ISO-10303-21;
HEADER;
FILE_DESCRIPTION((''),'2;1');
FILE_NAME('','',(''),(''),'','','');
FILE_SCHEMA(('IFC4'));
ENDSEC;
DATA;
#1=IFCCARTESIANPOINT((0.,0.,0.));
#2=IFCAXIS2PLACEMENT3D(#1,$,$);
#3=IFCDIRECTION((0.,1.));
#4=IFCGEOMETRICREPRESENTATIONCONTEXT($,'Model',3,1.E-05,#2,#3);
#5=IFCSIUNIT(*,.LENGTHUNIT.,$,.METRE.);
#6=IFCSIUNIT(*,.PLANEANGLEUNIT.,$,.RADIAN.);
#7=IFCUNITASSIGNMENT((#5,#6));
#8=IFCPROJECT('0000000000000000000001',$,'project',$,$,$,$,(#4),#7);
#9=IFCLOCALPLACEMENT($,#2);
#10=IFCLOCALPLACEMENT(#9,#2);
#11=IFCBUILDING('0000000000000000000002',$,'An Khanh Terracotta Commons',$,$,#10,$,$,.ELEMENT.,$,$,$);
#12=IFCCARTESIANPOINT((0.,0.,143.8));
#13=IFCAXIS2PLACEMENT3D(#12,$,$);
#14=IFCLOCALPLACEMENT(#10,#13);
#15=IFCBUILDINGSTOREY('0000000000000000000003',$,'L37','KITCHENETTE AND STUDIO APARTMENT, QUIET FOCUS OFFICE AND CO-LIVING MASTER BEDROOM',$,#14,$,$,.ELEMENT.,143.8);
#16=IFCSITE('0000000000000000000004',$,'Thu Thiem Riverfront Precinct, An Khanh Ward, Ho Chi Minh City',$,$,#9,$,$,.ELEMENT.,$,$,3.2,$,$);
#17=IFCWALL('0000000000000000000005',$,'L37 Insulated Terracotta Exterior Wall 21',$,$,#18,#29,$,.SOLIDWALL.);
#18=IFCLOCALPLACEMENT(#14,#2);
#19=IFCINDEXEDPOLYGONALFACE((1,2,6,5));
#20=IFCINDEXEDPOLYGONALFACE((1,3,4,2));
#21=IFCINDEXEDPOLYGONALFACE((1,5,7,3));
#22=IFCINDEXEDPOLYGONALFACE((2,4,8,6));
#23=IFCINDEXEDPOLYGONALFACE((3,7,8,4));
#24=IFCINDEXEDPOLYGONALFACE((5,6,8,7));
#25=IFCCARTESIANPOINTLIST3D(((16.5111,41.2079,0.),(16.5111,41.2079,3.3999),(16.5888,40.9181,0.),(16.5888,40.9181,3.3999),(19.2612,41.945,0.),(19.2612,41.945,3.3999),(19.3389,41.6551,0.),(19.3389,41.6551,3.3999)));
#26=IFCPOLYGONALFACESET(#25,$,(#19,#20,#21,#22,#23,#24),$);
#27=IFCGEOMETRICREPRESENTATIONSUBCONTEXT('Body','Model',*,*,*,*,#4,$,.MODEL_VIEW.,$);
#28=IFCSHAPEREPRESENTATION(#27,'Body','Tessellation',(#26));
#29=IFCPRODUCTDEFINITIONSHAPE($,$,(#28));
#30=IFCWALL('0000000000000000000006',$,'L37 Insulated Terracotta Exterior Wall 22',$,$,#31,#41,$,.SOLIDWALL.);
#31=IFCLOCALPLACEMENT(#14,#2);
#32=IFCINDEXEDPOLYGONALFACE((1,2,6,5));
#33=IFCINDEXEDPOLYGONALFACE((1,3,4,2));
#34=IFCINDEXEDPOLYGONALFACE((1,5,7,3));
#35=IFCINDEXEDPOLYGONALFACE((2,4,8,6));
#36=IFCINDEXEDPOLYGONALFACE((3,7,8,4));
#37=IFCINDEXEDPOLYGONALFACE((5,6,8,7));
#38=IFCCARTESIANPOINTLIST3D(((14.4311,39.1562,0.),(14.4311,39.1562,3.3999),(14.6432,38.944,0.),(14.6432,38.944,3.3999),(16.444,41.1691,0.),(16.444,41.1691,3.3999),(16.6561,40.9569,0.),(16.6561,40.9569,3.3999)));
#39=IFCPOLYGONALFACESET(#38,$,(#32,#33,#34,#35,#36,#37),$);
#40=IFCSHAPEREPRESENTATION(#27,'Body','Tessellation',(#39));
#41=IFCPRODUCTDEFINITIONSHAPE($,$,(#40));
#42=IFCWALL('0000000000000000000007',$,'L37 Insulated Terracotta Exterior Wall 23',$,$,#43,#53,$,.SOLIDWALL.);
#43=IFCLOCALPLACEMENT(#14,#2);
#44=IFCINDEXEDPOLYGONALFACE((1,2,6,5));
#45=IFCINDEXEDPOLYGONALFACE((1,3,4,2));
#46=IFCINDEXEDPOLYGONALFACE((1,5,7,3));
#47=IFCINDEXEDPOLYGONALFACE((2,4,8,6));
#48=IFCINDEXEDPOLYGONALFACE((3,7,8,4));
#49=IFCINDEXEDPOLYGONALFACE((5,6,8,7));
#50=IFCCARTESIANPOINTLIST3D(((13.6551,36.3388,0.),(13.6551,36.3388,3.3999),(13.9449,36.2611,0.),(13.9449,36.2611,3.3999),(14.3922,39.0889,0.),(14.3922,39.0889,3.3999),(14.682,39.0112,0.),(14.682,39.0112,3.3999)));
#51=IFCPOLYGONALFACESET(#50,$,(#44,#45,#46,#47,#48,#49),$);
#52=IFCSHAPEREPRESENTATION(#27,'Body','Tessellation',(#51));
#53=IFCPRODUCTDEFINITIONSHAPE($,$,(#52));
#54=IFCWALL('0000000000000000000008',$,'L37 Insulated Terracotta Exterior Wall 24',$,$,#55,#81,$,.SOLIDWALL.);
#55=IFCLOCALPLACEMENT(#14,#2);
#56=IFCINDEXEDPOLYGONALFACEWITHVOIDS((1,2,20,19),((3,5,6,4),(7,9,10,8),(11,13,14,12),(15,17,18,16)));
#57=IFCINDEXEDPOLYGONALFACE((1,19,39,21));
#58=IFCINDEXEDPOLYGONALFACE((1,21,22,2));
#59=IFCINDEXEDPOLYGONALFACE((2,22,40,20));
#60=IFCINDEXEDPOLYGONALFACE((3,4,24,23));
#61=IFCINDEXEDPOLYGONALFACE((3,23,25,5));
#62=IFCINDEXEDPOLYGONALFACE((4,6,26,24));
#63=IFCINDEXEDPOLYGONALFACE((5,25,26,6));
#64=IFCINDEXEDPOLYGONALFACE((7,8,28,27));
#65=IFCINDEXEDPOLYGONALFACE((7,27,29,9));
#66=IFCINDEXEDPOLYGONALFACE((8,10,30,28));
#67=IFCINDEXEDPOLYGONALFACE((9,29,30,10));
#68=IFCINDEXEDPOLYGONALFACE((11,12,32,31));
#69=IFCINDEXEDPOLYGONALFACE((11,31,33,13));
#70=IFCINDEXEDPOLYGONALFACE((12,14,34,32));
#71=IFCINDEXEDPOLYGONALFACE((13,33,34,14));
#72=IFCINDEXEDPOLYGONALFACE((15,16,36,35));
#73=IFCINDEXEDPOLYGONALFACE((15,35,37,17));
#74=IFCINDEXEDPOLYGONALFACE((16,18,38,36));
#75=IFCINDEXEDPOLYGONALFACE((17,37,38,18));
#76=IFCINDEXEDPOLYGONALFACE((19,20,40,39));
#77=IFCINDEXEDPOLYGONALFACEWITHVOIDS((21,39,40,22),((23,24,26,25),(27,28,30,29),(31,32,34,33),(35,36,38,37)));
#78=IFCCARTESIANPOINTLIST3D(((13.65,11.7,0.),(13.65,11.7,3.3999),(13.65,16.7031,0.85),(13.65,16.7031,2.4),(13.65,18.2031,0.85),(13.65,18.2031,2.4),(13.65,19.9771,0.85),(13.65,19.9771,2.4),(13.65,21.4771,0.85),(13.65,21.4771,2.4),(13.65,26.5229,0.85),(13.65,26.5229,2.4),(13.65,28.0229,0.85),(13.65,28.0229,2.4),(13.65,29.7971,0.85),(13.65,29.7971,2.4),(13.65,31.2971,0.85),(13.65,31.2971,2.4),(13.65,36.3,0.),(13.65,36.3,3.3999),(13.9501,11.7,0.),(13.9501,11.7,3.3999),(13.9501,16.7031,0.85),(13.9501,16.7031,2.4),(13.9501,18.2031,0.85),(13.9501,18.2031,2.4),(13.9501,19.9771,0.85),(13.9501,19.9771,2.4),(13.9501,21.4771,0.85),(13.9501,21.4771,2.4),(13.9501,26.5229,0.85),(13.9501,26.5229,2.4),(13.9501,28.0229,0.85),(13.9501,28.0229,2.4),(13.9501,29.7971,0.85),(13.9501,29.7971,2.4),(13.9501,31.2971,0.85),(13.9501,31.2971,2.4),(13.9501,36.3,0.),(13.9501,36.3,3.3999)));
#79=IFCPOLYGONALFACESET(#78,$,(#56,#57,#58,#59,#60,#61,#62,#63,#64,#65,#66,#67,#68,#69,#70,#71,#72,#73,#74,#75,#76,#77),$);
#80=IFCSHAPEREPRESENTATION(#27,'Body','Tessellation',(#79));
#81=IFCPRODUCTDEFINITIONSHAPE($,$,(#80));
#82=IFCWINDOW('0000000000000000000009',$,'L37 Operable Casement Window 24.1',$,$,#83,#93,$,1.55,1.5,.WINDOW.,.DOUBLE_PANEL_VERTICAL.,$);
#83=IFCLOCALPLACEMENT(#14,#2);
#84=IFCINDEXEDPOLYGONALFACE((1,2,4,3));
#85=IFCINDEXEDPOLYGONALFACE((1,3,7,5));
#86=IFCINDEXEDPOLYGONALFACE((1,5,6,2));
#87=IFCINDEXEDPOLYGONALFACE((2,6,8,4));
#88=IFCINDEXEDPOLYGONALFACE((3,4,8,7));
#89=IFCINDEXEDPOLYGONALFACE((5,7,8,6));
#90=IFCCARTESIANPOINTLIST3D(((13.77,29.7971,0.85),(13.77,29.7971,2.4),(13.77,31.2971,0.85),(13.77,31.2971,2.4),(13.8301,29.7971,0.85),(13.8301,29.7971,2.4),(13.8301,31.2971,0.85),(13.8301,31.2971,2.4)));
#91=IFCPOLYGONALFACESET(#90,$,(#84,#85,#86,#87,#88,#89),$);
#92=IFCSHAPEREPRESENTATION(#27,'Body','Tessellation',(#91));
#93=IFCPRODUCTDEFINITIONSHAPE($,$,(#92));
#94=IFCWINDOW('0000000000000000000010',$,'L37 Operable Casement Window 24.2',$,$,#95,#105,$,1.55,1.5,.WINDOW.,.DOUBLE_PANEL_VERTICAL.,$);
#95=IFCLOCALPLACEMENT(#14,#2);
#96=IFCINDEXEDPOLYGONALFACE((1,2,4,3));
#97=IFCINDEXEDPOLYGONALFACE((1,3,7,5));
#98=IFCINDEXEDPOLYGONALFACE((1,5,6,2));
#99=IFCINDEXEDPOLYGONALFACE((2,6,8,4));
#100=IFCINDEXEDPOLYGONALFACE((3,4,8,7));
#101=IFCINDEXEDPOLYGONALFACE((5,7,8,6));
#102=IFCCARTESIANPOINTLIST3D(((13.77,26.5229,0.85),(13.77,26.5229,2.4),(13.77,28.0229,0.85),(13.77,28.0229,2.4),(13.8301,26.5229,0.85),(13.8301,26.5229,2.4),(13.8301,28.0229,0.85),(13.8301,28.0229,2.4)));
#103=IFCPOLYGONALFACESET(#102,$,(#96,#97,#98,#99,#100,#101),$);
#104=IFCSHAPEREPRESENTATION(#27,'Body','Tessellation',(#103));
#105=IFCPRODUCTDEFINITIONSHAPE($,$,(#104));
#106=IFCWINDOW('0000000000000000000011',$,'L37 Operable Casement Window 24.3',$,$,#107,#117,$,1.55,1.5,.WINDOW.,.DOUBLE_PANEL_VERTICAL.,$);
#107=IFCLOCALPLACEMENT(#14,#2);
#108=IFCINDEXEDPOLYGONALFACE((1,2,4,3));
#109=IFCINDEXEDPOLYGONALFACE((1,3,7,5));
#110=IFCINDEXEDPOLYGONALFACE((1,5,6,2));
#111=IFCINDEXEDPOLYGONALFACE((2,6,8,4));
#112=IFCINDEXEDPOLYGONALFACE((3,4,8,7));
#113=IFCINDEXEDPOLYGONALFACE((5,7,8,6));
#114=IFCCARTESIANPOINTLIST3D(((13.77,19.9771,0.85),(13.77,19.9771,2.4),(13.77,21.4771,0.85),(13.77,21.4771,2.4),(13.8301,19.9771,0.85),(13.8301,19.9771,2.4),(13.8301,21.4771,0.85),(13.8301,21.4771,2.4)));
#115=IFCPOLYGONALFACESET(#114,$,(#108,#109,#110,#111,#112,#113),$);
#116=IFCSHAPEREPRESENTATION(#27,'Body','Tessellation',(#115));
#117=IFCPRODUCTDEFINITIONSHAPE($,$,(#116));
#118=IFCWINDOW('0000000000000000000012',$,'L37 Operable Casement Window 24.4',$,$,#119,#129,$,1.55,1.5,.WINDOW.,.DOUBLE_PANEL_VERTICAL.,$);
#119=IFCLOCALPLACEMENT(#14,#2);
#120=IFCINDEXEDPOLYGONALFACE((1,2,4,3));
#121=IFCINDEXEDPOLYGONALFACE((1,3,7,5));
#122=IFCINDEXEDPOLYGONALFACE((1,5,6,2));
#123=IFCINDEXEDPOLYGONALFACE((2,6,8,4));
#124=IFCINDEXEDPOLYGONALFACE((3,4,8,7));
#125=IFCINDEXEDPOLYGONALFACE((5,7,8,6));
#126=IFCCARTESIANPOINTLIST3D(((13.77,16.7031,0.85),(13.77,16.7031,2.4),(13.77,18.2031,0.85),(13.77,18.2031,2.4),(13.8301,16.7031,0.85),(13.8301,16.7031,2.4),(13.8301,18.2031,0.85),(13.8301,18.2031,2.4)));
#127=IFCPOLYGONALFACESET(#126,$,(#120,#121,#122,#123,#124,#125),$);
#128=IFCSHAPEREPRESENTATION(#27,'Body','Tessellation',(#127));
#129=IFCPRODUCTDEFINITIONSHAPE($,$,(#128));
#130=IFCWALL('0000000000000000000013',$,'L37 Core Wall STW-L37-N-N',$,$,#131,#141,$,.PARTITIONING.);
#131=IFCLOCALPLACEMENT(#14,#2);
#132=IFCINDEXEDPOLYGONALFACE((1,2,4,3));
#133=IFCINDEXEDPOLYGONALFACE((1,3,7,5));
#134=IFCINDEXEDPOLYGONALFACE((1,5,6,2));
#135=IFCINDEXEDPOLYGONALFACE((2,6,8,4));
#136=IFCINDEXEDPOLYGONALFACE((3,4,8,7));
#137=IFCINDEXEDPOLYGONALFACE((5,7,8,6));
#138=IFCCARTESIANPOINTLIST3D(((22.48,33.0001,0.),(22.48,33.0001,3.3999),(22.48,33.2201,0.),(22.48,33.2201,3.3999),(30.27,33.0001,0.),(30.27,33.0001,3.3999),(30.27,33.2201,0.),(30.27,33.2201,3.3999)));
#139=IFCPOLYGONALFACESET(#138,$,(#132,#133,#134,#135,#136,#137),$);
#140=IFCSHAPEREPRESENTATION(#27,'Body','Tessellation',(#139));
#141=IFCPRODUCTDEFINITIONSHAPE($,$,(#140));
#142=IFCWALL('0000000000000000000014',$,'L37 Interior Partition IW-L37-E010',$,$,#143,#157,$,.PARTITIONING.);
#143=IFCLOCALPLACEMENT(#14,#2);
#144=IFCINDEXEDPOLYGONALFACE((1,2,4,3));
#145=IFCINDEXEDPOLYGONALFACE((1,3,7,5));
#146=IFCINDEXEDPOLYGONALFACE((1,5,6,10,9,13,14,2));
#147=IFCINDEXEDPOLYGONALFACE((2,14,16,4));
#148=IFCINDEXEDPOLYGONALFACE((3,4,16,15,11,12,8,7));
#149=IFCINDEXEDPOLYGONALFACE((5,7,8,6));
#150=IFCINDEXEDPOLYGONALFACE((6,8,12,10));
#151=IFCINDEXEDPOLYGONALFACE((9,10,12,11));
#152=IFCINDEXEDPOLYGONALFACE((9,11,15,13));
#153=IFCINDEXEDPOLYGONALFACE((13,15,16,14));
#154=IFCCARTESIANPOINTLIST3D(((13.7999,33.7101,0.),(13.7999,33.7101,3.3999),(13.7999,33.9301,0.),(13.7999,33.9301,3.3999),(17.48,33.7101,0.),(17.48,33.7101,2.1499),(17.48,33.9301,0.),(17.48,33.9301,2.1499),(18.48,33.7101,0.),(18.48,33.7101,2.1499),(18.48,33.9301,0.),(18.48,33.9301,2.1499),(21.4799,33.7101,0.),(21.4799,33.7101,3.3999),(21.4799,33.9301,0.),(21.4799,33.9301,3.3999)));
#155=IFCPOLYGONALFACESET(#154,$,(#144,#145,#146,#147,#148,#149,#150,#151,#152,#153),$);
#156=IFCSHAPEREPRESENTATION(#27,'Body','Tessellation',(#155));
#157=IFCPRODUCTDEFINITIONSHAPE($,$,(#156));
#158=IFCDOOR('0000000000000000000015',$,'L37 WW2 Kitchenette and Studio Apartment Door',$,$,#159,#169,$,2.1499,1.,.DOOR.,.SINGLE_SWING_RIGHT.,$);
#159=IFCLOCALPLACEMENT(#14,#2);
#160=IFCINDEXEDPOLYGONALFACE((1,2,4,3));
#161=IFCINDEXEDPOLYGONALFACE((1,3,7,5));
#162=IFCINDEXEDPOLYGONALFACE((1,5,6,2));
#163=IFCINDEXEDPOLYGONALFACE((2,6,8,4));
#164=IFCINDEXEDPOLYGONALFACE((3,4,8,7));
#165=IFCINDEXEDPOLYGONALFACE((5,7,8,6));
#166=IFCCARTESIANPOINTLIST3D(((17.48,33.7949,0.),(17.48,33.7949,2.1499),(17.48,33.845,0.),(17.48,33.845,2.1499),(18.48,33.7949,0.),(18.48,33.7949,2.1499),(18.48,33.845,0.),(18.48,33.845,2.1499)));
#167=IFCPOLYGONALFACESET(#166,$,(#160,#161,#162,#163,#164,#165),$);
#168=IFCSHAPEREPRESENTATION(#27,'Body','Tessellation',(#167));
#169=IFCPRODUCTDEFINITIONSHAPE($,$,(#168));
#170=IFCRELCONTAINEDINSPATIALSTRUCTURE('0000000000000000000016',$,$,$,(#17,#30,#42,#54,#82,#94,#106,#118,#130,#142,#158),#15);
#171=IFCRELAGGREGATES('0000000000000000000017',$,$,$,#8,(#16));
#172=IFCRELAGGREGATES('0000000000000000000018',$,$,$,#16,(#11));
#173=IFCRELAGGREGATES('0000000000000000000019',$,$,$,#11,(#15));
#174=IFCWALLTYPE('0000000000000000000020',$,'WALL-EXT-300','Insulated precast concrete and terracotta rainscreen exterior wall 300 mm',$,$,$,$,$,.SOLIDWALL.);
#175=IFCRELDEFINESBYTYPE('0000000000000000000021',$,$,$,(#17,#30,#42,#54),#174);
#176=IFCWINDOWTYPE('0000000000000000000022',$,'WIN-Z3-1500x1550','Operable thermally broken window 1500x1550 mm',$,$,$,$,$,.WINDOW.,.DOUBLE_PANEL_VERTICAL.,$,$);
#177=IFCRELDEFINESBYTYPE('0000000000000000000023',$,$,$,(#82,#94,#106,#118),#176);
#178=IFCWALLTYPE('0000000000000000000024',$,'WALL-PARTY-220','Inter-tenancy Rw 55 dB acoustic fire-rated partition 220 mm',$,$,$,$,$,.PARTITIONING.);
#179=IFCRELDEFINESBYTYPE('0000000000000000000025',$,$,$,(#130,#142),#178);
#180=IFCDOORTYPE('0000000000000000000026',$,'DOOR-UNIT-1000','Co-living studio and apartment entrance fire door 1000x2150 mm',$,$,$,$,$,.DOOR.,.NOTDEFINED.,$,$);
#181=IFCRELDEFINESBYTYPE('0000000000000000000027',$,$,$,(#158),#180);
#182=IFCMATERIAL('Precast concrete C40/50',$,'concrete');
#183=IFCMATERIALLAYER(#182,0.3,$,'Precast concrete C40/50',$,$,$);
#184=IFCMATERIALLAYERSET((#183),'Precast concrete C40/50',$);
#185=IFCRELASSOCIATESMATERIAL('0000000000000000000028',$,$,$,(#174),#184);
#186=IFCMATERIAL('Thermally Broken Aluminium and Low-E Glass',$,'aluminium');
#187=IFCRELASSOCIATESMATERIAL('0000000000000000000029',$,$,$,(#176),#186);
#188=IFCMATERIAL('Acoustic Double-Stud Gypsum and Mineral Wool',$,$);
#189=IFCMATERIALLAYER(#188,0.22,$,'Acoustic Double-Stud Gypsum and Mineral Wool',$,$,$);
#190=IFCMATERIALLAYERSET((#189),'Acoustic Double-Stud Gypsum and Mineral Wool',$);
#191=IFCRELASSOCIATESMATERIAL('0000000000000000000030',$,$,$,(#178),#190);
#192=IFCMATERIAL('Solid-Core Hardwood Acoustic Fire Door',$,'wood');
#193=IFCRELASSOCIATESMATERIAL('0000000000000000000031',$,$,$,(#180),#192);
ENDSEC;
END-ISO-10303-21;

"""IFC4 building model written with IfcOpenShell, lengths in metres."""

from ifc_helpers import new_model, si_unit, direction, frame, frame_2d, origin, place, context, subcontext, project, spatial, rectangle, extrude, material, layer, layer_set, type_object, element, fill, save


model = new_model("IFC4")

# Units and contexts
model_context = context("Model", 3, precision=1e-05, world=origin(), true_north=direction((0.0, 1.0)))
body_context = subcontext(model_context, "Body", "Model", "MODEL_VIEW")
ifc_project = project(units=[si_unit("LENGTHUNIT", "METRE"), si_unit("PLANEANGLEUNIT", "RADIAN")], contexts=[model_context])

# Site, building, storey
site_placement = place(None, origin())
site = spatial("IfcSite", under=ifc_project, at=site_placement, Name="Thu Thiem Riverfront Precinct, An Khanh Ward, Ho Chi Minh City", CompositionType="ELEMENT", RefElevation=3.2)
building_placement = place(site_placement, origin())
building = spatial("IfcBuilding", under=site, at=building_placement, Name="An Khanh Terracotta Commons", CompositionType="ELEMENT")
storey_placement = place(building_placement, frame((0.0, 0.0, 143.8)))
storey = spatial("IfcBuildingStorey", under=building, at=storey_placement, Name="L37", Description="KITCHENETTE AND STUDIO APARTMENT, QUIET FOCUS OFFICE AND CO-LIVING MASTER BEDROOM", CompositionType="ELEMENT", Elevation=143.8)

# Walls
ifc_material_1 = material(Name="Precast concrete C40/50", Category="concrete")
ifc_layer_1 = layer(ifc_material_1, 0.3, Name="Precast concrete C40/50")
ifc_layer_set_1 = layer_set([ifc_layer_1], Name="Precast concrete C40/50")
wall_type_1 = type_object("IfcWallType", Name="WALL-EXT-300", Description="Insulated precast concrete and terracotta rainscreen exterior wall 300 mm", PredefinedType="SOLIDWALL", material=ifc_layer_set_1)
wall_1_placement = place(storey_placement, frame((19.3, 41.8, 0.0), z_axis=(0.0, 0.0, 1.0), x_axis=(-0.965908, -0.258885, 0.0)))
element("IfcWall", 1, at=wall_1_placement, inside=storey, type_object=wall_type_1, Name="L37 Insulated Terracotta Exterior Wall 21", PredefinedType="SOLIDWALL", context=body_context, shape_type="SweptSolid", body=[
    extrude(rectangle(XDim=2.8472, YDim=0.3, at=frame_2d((1.4236, 0.0))), origin(), (0.0, 0.0, 1.0), 3.3999),
])
wall_2_placement = place(storey_placement, frame((16.55, 41.063, 0.0), z_axis=(0.0, 0.0, 1.0), x_axis=(-0.707107, -0.707107, 0.0)))
element("IfcWall", 2, at=wall_2_placement, inside=storey, type_object=wall_type_1, Name="L37 Insulated Terracotta Exterior Wall 22", PredefinedType="SOLIDWALL", context=body_context, shape_type="SweptSolid", body=[
    extrude(rectangle(XDim=2.8467, YDim=0.3, at=frame_2d((1.4233, 0.0))), origin(), (0.0, 0.0, 1.0), 3.3999),
])
wall_3_placement = place(storey_placement, frame((14.5371, 39.05, 0.0), z_axis=(0.0, 0.0, 1.0), x_axis=(-0.258885, -0.965908, 0.0)))
element("IfcWall", 3, at=wall_3_placement, inside=storey, type_object=wall_type_1, Name="L37 Insulated Terracotta Exterior Wall 23", PredefinedType="SOLIDWALL", context=body_context, shape_type="SweptSolid", body=[
    extrude(rectangle(XDim=2.8472, YDim=0.3, at=frame_2d((1.4236, 0.0))), origin(), (0.0, 0.0, 1.0), 3.3999),
])

# Wall, openings, windows
wall_4_placement = place(storey_placement, frame((13.8, 36.3, 0.0), z_axis=(0.0, 0.0, 1.0), x_axis=(0.0, -1.0, 0.0)))
wall_4 = element("IfcWall", 4, at=wall_4_placement, inside=storey, type_object=wall_type_1, Name="L37 Insulated Terracotta Exterior Wall 24", PredefinedType="SOLIDWALL", context=body_context, shape_type="SweptSolid", body=[
    extrude(rectangle(XDim=24.6001, YDim=0.3, at=frame_2d((12.3, 0.0))), origin(), (0.0, 0.0, 1.0), 3.3999),
])
opening_1_placement = place(wall_4_placement, frame((5.0029, 0.0, 0.8501)))
opening_1 = element("IfcOpeningElement", 5, at=opening_1_placement, cuts=wall_4, PredefinedType="OPENING", context=body_context, shape_type="SweptSolid", body=[
    extrude(rectangle(XDim=1.5, YDim=1.55, at=frame_2d((0.75, 0.7749))), frame((0.0, 0.1599, 0.0), z_axis=(0.0, -1.0, 0.0), x_axis=(1.0, 0.0, 0.0)), (0.0, 0.0, 1.0), 0.3201),
])
opening_2_placement = place(wall_4_placement, frame((8.2771, 0.0, 0.8501)))
opening_2 = element("IfcOpeningElement", 6, at=opening_2_placement, cuts=wall_4, PredefinedType="OPENING", context=body_context, shape_type="SweptSolid", body=[
    extrude(rectangle(XDim=1.5, YDim=1.55, at=frame_2d((0.75, 0.7749))), frame((0.0, 0.1599, 0.0), z_axis=(0.0, -1.0, 0.0), x_axis=(1.0, 0.0, 0.0)), (0.0, 0.0, 1.0), 0.3201),
])
opening_3_placement = place(wall_4_placement, frame((14.823, 0.0, 0.8501)))
opening_3 = element("IfcOpeningElement", 7, at=opening_3_placement, cuts=wall_4, PredefinedType="OPENING", context=body_context, shape_type="SweptSolid", body=[
    extrude(rectangle(XDim=1.5, YDim=1.55, at=frame_2d((0.75, 0.7749))), frame((0.0, 0.1599, 0.0), z_axis=(0.0, -1.0, 0.0), x_axis=(1.0, 0.0, 0.0)), (0.0, 0.0, 1.0), 0.3201),
])
opening_4_placement = place(wall_4_placement, frame((18.0969, 0.0, 0.8501)))
opening_4 = element("IfcOpeningElement", 8, at=opening_4_placement, cuts=wall_4, PredefinedType="OPENING", context=body_context, shape_type="SweptSolid", body=[
    extrude(rectangle(XDim=1.5, YDim=1.55, at=frame_2d((0.75, 0.7749))), frame((0.0, 0.1599, 0.0), z_axis=(0.0, -1.0, 0.0), x_axis=(1.0, 0.0, 0.0)), (0.0, 0.0, 1.0), 0.3201),
])
ifc_material_2 = material(Name="Thermally Broken Aluminium and Low-E Glass", Category="aluminium")
window_type = type_object("IfcWindowType", Name="WIN-Z3-1500x1550", Description="Operable thermally broken window 1500x1550 mm", PartitioningType="DOUBLE_PANEL_VERTICAL", PredefinedType="WINDOW", material=ifc_material_2)
window_1_placement = place(opening_1_placement, origin())
window_1 = element("IfcWindow", 9, at=window_1_placement, inside=storey, type_object=window_type, Name="L37 Operable Casement Window 24.1", OverallHeight=1.55, OverallWidth=1.5, PartitioningType="DOUBLE_PANEL_VERTICAL", PredefinedType="WINDOW", context=body_context, shape_type="SweptSolid", body=[
    extrude(rectangle(XDim=1.5, YDim=1.55, at=frame_2d((0.75, 0.7749))), frame((0.0, 0.03, 0.0), z_axis=(0.0, -1.0, 0.0), x_axis=(1.0, 0.0, 0.0)), (0.0, 0.0, 1.0), 0.0601),
])
fill(opening_1, window_1)
window_2_placement = place(opening_2_placement, origin())
window_2 = element("IfcWindow", 10, at=window_2_placement, inside=storey, type_object=window_type, Name="L37 Operable Casement Window 24.2", OverallHeight=1.55, OverallWidth=1.5, PartitioningType="DOUBLE_PANEL_VERTICAL", PredefinedType="WINDOW", context=body_context, shape_type="SweptSolid", body=[
    extrude(rectangle(XDim=1.5, YDim=1.55, at=frame_2d((0.75, 0.7749))), frame((0.0, 0.03, 0.0), z_axis=(0.0, -1.0, 0.0), x_axis=(1.0, 0.0, 0.0)), (0.0, 0.0, 1.0), 0.0601),
])
fill(opening_2, window_2)
window_3_placement = place(opening_3_placement, origin())
window_3 = element("IfcWindow", 11, at=window_3_placement, inside=storey, type_object=window_type, Name="L37 Operable Casement Window 24.3", OverallHeight=1.55, OverallWidth=1.5, PartitioningType="DOUBLE_PANEL_VERTICAL", PredefinedType="WINDOW", context=body_context, shape_type="SweptSolid", body=[
    extrude(rectangle(XDim=1.5, YDim=1.55, at=frame_2d((0.75, 0.7749))), frame((0.0, 0.03, 0.0), z_axis=(0.0, -1.0, 0.0), x_axis=(1.0, 0.0, 0.0)), (0.0, 0.0, 1.0), 0.0601),
])
fill(opening_3, window_3)
window_4_placement = place(opening_4_placement, origin())
window_4 = element("IfcWindow", 12, at=window_4_placement, inside=storey, type_object=window_type, Name="L37 Operable Casement Window 24.4", OverallHeight=1.55, OverallWidth=1.5, PartitioningType="DOUBLE_PANEL_VERTICAL", PredefinedType="WINDOW", context=body_context, shape_type="SweptSolid", body=[
    extrude(rectangle(XDim=1.5, YDim=1.55, at=frame_2d((0.75, 0.7749))), frame((0.0, 0.03, 0.0), z_axis=(0.0, -1.0, 0.0), x_axis=(1.0, 0.0, 0.0)), (0.0, 0.0, 1.0), 0.0601),
])
fill(opening_4, window_4)

# Wall
ifc_material_3 = material(Name="Acoustic Double-Stud Gypsum and Mineral Wool")
ifc_layer_2 = layer(ifc_material_3, 0.22, Name="Acoustic Double-Stud Gypsum and Mineral Wool")
ifc_layer_set_2 = layer_set([ifc_layer_2], Name="Acoustic Double-Stud Gypsum and Mineral Wool")
wall_type_2 = type_object("IfcWallType", Name="WALL-PARTY-220", Description="Inter-tenancy Rw 55 dB acoustic fire-rated partition 220 mm", PredefinedType="PARTITIONING", material=ifc_layer_set_2)
wall_5_placement = place(storey_placement, frame((22.48, 33.1101, 0.0), z_axis=(0.0, 0.0, 1.0), x_axis=(1.0, 0.0, 0.0)))
element("IfcWall", 13, at=wall_5_placement, inside=storey, type_object=wall_type_2, Name="L37 Core Wall STW-L37-N-N", PredefinedType="PARTITIONING", context=body_context, shape_type="SweptSolid", body=[
    extrude(rectangle(XDim=7.79, YDim=0.22, at=frame_2d((3.895, 0.0))), origin(), (0.0, 0.0, 1.0), 3.3999),
])

# Wall, opening, door
wall_6_placement = place(storey_placement, frame((13.8, 33.8201, 0.0), z_axis=(0.0, 0.0, 1.0), x_axis=(1.0, 0.0, 0.0)))
wall_6 = element("IfcWall", 14, at=wall_6_placement, inside=storey, type_object=wall_type_2, Name="L37 Interior Partition IW-L37-E010", PredefinedType="PARTITIONING", context=body_context, shape_type="SweptSolid", body=[
    extrude(rectangle(XDim=7.6799, YDim=0.22, at=frame_2d((3.8398, 0.0))), origin(), (0.0, 0.0, 1.0), 3.3999),
])
opening_5_placement = place(wall_6_placement, frame((3.6799, 0.0, 0.0)))
opening_5 = element("IfcOpeningElement", 15, at=opening_5_placement, cuts=wall_6, PredefinedType="OPENING", context=body_context, shape_type="SweptSolid", body=[
    extrude(rectangle(XDim=1.0, YDim=2.1499, at=frame_2d((0.5, 1.075))), frame((0.0, 0.1199, 0.0), z_axis=(0.0, -1.0, 0.0), x_axis=(1.0, 0.0, 0.0)), (0.0, 0.0, 1.0), 0.24),
])
ifc_material_4 = material(Name="Solid-Core Hardwood Acoustic Fire Door", Category="wood")
door_type_1 = type_object("IfcDoorType", Name="DOOR-UNIT-1000", Description="Co-living studio and apartment entrance fire door 1000x2150 mm", OperationType="NOTDEFINED", PredefinedType="DOOR", material=ifc_material_4)
door_1_placement = place(opening_5_placement, origin())
door_1 = element("IfcDoor", 16, at=door_1_placement, inside=storey, type_object=door_type_1, Name="L37 WW2 Kitchenette and Studio Apartment Door", OperationType="SINGLE_SWING_RIGHT", OverallHeight=2.1499, OverallWidth=1.0, PredefinedType="DOOR", context=body_context, shape_type="SweptSolid", body=[
    extrude(rectangle(XDim=1.0, YDim=2.1499, at=frame_2d((0.5, 1.075))), frame((0.0, 0.0249, 0.0), z_axis=(0.0, -1.0, 0.0), x_axis=(1.0, 0.0, 0.0)), (0.0, 0.0, 1.0), 0.05),
])
fill(opening_5, door_1)

save(model, "model.ifc")
